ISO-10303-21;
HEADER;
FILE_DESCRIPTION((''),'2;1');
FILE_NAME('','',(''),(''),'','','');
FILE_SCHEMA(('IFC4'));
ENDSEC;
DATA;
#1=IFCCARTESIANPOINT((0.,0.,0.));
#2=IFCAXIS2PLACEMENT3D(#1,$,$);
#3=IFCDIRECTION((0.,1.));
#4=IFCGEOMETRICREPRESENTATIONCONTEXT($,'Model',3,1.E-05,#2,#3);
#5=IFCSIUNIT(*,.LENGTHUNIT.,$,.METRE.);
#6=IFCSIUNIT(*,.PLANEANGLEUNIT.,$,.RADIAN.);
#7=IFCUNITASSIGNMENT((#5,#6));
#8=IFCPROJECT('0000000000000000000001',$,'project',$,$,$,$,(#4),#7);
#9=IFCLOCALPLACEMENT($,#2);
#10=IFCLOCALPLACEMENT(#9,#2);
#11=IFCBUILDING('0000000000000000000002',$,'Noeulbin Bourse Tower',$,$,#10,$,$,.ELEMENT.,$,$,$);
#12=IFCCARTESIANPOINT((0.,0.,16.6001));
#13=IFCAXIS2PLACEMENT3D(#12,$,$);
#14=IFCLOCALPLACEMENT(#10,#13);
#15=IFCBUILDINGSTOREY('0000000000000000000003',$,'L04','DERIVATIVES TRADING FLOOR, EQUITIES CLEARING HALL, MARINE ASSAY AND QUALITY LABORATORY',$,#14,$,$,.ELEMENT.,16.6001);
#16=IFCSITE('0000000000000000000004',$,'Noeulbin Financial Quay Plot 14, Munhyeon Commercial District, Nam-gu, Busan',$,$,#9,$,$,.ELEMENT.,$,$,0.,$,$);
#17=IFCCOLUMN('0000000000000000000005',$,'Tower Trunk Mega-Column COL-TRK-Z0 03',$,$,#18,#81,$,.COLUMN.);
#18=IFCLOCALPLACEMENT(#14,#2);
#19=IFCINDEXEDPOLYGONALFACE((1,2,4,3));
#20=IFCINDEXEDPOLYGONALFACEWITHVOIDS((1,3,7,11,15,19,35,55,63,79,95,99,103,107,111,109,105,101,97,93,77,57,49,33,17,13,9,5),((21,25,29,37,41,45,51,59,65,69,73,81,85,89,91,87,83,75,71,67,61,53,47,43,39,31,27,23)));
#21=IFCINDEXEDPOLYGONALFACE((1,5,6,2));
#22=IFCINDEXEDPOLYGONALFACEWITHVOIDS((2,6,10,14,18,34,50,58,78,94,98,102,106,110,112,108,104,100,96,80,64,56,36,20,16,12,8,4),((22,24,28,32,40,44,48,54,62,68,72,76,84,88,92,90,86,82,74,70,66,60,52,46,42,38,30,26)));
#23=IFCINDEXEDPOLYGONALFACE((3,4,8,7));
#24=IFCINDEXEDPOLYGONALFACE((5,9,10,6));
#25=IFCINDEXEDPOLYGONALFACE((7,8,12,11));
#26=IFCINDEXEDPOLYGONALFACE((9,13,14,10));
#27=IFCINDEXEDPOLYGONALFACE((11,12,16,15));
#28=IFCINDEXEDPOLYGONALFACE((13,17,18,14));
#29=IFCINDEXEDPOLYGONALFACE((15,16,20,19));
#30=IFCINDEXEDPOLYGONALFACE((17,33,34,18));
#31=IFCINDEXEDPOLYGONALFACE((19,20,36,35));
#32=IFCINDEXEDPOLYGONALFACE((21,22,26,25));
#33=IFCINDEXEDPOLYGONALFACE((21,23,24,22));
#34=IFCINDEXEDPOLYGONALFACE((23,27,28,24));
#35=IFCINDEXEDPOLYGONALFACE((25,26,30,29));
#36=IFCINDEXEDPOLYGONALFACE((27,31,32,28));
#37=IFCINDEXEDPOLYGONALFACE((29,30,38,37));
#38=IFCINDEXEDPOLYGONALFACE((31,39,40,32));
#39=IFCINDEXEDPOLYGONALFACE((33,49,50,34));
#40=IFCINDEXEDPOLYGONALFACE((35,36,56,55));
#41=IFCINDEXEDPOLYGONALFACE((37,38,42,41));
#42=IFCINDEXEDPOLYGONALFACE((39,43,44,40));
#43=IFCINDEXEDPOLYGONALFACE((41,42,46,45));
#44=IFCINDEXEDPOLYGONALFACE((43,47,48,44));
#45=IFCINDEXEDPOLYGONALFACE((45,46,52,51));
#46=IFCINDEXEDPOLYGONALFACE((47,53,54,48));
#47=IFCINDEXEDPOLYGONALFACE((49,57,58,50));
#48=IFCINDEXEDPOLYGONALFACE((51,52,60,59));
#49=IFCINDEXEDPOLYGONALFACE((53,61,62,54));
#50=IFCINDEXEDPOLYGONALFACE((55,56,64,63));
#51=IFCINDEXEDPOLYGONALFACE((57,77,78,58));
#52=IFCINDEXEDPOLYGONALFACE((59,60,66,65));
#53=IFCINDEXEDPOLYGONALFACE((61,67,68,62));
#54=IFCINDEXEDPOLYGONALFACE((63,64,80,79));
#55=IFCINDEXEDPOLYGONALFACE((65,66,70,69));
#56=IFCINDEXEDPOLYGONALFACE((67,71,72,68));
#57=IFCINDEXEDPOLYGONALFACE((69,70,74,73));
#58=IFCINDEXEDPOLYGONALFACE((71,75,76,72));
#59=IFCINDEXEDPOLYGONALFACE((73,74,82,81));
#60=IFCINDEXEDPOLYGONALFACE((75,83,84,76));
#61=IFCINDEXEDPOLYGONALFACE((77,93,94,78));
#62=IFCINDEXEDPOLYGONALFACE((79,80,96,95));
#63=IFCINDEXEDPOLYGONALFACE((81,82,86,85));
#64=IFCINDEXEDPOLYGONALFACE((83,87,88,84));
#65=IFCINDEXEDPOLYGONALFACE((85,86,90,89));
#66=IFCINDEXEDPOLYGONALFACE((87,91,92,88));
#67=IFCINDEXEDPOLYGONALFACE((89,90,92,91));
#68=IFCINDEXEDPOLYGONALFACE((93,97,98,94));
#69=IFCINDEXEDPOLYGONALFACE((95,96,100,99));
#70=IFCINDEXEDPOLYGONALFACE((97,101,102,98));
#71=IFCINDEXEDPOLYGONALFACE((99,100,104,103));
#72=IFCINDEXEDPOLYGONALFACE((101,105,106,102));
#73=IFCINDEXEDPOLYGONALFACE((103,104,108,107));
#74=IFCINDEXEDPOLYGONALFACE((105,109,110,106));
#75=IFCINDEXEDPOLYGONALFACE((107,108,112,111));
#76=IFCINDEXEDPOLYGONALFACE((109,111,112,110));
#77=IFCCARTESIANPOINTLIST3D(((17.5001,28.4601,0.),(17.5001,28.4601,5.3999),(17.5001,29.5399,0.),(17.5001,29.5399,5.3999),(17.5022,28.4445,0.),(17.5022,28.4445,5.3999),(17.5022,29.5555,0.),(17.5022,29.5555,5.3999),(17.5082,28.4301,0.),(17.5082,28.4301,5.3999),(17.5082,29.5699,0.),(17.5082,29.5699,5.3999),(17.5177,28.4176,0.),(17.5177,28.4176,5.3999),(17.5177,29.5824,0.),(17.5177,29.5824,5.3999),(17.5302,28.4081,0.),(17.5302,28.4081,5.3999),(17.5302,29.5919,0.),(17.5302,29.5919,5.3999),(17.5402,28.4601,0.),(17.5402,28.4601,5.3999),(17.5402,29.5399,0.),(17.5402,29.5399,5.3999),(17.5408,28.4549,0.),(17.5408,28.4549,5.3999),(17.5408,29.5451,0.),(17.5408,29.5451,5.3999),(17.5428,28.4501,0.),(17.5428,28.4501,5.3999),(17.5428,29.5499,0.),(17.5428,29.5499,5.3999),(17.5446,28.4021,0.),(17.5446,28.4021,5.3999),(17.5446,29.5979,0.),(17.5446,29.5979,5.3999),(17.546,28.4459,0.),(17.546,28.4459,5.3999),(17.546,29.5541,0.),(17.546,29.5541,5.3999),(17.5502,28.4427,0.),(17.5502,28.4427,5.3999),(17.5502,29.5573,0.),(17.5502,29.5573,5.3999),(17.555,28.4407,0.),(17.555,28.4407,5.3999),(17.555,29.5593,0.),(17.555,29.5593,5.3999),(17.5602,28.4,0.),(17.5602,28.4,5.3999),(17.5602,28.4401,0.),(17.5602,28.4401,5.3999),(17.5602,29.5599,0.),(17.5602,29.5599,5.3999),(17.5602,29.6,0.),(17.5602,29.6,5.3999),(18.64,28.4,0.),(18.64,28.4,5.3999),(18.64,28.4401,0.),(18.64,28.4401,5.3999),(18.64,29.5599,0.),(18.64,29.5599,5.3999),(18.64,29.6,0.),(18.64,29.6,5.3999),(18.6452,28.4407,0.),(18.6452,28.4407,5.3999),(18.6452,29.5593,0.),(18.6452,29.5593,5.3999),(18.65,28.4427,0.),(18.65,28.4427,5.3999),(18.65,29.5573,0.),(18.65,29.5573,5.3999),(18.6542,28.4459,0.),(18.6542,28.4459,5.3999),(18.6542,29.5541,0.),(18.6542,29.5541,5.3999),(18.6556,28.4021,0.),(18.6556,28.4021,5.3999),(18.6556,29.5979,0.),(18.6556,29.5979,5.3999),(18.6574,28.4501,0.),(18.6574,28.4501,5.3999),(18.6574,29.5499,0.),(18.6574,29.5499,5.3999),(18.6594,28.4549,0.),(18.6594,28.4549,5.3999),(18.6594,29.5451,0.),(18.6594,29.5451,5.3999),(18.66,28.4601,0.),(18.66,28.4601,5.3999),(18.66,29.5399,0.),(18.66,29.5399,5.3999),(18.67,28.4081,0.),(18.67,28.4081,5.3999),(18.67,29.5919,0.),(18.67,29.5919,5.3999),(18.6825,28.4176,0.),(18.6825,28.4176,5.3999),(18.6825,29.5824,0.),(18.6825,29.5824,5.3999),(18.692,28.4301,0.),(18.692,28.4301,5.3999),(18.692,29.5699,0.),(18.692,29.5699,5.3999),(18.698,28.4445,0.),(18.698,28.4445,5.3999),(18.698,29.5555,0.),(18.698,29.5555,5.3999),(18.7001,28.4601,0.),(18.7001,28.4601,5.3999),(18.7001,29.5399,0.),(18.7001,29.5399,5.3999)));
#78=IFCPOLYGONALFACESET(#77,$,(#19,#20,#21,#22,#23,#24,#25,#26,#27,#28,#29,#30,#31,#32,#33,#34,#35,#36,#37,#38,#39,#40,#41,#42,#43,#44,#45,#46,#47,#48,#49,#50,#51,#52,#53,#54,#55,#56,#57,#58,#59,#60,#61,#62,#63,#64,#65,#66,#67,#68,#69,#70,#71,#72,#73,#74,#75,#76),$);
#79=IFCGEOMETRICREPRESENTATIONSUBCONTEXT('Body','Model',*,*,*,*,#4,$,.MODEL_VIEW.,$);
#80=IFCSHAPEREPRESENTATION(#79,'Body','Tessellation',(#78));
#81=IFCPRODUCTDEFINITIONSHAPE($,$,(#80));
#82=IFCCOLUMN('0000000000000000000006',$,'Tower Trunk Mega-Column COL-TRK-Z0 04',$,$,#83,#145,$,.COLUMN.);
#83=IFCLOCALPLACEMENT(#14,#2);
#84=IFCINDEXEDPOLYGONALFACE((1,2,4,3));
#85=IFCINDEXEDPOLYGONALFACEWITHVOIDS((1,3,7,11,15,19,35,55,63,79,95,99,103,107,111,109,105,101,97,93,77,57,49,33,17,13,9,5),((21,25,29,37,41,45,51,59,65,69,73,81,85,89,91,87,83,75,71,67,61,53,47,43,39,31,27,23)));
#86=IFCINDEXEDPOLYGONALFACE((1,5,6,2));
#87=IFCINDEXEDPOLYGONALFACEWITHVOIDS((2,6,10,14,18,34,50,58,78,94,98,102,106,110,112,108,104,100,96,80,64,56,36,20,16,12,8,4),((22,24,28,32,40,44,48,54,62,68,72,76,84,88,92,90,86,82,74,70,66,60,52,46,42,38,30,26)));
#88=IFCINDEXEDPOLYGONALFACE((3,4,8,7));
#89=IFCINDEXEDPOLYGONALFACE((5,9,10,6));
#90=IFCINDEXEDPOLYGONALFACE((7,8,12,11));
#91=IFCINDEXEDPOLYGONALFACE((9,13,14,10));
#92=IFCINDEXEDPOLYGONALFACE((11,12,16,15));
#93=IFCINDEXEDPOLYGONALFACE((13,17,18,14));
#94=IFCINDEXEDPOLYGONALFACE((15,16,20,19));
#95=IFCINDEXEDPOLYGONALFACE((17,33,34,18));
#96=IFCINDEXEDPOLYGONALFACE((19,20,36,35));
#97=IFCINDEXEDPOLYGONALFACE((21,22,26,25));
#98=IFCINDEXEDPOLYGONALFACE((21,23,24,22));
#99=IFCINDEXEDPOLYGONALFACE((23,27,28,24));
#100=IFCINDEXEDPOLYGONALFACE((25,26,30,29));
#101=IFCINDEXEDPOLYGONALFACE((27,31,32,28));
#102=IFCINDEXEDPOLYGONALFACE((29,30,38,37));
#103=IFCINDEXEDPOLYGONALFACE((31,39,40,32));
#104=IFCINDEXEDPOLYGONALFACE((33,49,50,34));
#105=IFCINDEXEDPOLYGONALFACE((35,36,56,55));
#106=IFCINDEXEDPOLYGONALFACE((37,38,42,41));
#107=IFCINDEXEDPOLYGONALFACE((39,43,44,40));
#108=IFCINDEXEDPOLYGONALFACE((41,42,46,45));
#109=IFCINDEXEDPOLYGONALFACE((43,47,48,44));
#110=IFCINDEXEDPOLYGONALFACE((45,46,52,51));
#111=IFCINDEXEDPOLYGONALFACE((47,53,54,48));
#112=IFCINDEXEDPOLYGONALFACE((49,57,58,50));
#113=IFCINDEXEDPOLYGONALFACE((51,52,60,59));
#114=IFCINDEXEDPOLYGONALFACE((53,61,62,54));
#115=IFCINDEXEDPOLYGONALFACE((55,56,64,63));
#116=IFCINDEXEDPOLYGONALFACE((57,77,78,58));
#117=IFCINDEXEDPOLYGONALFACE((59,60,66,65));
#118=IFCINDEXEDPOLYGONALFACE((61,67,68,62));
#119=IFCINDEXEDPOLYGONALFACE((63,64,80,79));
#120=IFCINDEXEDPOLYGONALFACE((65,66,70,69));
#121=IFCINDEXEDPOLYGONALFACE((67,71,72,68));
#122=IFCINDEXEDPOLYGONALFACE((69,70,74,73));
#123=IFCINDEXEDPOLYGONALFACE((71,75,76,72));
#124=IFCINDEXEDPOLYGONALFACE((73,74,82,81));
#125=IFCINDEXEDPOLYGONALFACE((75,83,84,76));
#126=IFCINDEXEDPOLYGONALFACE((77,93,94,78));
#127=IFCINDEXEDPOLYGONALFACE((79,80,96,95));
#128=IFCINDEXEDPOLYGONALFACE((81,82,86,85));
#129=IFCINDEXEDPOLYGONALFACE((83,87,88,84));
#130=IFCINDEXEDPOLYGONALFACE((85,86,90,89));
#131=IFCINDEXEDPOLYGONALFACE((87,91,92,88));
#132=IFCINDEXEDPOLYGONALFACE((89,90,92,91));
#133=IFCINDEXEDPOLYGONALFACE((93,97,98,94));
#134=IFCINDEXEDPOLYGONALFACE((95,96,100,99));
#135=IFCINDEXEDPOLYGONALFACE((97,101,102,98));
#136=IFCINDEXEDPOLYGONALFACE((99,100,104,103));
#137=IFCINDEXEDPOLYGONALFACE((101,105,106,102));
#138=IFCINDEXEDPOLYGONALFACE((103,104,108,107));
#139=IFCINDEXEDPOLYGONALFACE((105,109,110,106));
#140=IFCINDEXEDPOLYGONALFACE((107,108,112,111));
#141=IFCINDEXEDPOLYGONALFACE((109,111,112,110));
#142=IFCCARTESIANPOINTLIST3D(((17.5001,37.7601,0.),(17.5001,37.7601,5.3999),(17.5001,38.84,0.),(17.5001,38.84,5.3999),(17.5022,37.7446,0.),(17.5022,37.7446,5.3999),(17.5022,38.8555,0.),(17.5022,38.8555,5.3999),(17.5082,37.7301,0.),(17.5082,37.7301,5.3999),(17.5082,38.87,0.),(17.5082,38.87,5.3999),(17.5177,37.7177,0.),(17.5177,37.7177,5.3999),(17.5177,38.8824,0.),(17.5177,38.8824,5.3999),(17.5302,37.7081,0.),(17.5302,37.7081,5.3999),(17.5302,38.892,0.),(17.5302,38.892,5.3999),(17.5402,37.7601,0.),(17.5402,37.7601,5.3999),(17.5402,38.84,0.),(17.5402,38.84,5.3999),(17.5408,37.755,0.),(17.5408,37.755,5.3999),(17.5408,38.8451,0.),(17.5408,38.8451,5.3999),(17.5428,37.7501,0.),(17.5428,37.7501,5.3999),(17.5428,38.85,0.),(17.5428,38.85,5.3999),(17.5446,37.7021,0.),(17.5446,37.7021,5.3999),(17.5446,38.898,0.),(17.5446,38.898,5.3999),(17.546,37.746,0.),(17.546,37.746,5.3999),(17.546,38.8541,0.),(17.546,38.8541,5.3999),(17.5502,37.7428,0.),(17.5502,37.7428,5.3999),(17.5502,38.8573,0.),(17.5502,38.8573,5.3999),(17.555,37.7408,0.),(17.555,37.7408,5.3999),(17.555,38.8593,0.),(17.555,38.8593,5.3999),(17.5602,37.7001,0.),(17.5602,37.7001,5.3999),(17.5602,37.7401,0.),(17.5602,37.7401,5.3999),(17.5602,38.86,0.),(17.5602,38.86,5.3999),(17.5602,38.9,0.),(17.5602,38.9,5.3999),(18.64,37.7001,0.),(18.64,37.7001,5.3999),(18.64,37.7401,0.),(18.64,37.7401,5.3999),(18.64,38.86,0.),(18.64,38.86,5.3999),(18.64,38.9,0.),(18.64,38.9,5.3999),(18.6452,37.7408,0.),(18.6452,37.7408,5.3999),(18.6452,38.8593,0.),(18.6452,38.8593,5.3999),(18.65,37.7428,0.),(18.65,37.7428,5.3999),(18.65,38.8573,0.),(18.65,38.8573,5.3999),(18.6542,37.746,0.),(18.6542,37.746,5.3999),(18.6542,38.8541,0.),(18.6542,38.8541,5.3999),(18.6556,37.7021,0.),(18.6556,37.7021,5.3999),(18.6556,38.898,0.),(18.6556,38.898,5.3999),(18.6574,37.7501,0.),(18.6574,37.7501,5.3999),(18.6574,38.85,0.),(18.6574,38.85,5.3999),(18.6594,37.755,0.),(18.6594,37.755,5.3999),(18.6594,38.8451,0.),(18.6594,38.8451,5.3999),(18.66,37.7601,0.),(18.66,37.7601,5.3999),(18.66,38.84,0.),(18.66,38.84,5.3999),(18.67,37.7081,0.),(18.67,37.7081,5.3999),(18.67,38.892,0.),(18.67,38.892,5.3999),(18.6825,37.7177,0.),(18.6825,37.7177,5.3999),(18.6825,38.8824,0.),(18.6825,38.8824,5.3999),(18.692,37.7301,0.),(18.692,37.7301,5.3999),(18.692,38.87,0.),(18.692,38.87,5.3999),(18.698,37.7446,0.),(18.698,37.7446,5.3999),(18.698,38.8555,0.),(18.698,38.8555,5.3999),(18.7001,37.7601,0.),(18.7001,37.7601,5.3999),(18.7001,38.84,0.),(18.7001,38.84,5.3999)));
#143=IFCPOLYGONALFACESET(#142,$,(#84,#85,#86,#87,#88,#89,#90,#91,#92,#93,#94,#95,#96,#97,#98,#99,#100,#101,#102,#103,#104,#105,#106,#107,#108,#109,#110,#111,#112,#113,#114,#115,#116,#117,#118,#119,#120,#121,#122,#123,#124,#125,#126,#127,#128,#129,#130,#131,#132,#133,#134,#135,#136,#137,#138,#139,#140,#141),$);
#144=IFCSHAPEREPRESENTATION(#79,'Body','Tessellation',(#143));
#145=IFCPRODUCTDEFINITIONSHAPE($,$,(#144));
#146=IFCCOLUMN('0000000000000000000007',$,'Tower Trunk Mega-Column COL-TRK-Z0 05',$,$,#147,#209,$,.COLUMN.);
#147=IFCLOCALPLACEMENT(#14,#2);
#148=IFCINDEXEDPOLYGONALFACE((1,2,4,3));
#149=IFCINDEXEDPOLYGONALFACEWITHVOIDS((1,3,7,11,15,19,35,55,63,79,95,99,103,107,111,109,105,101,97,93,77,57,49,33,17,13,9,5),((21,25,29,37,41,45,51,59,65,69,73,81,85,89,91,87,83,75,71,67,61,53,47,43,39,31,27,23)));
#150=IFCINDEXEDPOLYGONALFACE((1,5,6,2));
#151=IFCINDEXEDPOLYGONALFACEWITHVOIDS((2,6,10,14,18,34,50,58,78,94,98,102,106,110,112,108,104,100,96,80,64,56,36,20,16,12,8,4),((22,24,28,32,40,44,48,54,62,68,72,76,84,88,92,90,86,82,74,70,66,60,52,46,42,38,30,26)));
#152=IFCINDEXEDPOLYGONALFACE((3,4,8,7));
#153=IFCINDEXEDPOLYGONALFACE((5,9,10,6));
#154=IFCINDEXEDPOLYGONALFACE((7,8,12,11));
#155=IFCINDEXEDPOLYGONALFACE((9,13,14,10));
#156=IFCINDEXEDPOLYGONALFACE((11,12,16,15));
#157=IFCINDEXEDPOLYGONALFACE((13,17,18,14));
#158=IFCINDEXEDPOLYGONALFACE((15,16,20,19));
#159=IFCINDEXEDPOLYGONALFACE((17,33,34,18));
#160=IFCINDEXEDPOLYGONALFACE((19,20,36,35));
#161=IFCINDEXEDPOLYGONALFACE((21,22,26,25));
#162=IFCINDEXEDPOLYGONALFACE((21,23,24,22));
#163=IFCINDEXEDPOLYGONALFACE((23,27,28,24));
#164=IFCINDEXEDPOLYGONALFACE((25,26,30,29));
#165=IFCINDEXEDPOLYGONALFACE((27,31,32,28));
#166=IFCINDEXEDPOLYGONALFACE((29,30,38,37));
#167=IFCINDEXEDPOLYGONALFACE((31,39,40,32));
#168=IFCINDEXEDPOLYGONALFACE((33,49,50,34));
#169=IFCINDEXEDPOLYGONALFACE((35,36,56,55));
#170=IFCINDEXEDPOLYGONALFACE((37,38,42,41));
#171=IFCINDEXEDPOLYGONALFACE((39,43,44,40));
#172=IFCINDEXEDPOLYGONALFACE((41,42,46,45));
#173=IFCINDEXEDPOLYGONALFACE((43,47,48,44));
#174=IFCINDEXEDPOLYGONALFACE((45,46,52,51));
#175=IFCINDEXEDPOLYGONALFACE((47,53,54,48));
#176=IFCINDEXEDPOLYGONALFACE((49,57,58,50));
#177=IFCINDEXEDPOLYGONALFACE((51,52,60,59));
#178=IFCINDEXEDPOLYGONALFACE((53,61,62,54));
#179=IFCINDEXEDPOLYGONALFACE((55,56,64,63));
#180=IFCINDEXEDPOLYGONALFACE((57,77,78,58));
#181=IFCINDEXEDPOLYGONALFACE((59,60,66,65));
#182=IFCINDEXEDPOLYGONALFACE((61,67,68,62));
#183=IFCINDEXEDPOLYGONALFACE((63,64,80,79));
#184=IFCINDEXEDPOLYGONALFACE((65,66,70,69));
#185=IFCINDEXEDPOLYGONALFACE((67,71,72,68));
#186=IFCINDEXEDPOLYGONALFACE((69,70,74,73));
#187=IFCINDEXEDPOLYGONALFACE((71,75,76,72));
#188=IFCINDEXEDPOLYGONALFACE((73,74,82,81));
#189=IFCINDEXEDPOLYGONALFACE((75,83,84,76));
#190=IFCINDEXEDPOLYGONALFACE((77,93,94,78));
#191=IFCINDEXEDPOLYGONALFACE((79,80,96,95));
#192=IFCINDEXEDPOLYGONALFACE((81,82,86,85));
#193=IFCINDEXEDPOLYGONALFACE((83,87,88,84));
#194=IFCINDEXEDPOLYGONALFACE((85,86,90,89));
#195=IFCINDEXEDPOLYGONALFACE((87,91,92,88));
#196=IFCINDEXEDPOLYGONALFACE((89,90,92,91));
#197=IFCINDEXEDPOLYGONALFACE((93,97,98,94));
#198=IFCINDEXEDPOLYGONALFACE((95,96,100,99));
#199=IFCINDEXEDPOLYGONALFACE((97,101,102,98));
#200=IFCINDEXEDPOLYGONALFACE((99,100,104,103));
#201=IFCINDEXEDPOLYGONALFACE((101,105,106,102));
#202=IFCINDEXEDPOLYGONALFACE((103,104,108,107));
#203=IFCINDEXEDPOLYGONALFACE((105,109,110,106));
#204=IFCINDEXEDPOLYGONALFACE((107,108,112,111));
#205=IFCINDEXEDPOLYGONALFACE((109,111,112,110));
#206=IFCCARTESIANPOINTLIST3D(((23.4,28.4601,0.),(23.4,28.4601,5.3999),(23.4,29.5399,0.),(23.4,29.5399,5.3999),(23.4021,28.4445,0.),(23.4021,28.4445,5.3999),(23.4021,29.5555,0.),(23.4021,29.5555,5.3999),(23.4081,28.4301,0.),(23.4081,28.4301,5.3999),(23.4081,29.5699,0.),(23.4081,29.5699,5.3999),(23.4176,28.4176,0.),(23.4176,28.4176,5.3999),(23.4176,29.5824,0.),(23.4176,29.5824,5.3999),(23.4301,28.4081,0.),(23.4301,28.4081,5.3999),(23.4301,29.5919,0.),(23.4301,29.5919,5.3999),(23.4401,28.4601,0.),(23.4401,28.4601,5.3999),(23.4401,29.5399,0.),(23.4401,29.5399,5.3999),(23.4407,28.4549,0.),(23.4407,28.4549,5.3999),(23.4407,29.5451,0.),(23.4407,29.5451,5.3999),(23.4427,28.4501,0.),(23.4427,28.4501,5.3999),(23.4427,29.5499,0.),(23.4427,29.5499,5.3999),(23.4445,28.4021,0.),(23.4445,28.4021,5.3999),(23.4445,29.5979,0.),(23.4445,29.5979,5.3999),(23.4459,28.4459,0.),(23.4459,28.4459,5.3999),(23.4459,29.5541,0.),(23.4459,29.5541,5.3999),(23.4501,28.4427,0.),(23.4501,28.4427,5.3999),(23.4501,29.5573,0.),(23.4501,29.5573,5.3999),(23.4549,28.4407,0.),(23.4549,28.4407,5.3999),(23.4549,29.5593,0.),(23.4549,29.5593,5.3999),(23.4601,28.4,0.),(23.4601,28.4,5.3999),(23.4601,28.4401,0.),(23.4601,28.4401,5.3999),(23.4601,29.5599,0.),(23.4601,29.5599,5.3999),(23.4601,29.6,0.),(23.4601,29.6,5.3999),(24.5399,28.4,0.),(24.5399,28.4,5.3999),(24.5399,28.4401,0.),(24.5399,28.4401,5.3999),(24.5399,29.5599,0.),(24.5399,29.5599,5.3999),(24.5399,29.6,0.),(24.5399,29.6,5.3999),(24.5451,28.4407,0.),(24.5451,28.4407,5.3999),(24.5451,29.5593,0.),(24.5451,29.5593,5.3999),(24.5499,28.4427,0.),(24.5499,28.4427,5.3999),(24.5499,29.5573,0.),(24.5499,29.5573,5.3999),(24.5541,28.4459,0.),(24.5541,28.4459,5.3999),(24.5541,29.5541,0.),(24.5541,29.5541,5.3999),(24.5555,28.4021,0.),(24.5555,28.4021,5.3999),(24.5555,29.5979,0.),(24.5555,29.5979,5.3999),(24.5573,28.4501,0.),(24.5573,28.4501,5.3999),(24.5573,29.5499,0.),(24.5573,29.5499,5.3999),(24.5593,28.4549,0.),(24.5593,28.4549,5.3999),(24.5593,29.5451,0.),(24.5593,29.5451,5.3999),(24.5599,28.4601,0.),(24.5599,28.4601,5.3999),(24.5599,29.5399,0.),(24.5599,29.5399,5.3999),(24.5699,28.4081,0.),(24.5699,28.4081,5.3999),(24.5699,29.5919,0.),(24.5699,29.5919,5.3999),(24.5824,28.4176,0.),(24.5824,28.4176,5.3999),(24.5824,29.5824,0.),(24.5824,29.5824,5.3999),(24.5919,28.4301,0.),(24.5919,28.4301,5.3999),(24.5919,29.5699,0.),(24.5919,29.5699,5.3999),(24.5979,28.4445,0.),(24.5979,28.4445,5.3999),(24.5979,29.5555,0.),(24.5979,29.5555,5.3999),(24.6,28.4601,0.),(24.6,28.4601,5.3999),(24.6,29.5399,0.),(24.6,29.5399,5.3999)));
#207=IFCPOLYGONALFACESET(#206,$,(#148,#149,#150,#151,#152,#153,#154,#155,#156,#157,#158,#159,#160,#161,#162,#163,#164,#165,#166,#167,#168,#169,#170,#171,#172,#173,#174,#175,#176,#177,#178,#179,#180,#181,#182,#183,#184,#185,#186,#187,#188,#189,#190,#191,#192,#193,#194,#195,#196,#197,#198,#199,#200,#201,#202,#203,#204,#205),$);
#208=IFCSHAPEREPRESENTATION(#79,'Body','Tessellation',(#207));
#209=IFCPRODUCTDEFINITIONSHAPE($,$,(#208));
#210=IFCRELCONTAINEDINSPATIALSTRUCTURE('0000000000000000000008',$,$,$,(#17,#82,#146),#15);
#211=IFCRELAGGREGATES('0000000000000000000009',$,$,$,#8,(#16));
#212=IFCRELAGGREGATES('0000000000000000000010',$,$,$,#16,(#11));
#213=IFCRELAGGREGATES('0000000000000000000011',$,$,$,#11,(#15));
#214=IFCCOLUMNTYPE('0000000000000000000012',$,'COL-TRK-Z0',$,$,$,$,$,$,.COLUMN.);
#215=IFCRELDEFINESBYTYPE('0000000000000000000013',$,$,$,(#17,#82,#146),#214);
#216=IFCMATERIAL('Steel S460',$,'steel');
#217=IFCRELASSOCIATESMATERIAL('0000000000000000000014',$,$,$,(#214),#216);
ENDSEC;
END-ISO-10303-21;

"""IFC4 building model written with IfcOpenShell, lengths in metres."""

from ifc_helpers import new_model, si_unit, direction, frame, origin, origin_2d, place, context, subcontext, project, spatial, hollow_rectangle, extrude, material, material_profile, profile_set, type_object, element, save


model = new_model("IFC4")

# Units and contexts
model_context = context("Model", 3, precision=1e-05, world=origin(), true_north=direction((0.0, 1.0)))
body_context = subcontext(model_context, "Body", "Model", "MODEL_VIEW")
ifc_project = project(units=[si_unit("LENGTHUNIT", "METRE"), si_unit("PLANEANGLEUNIT", "RADIAN")], contexts=[model_context])

# Site, building, storey
site_placement = place(None, origin())
site = spatial("IfcSite", under=ifc_project, at=site_placement, Name="Noeulbin Financial Quay Plot 14, Munhyeon Commercial District, Nam-gu, Busan", CompositionType="ELEMENT", RefElevation=0.0)
building_placement = place(site_placement, origin())
building = spatial("IfcBuilding", under=site, at=building_placement, Name="Noeulbin Bourse Tower", CompositionType="ELEMENT")
storey_placement = place(building_placement, frame((0.0, 0.0, 16.6001)))
storey = spatial("IfcBuildingStorey", under=building, at=storey_placement, Name="L04", Description="DERIVATIVES TRADING FLOOR, EQUITIES CLEARING HALL, MARINE ASSAY AND QUALITY LABORATORY", CompositionType="ELEMENT", Elevation=16.6001)

# Columns
ifc_material_1 = material(Name="Steel S460", Category="steel")
ifc_material_profile_1 = material_profile(ifc_material_1, hollow_rectangle(XDim=1.2, YDim=1.2, WallThickness=0.04, InnerFilletRadius=0.02, OuterFilletRadius=0.0601, at=origin_2d()), Name="BOX-1200x1200x40", Category="LoadBearing")
ifc_profile_set_1 = profile_set([ifc_material_profile_1], Name="Steel S460")
column_type = type_object("IfcColumnType", Name="COL-TRK-Z0", PredefinedType="COLUMN", material=ifc_profile_set_1)
for number, where, z_axis, x_axis, name in (
    (1, (18.1001, 29.0, 0.0), (0.0, 0.0, 1.0), (1.0, 0.0, 0.0), "Tower Trunk Mega-Column COL-TRK-Z0 03"),
    (2, (18.1001, 38.3, 0.0), (0.0, 0.0, 1.0), (1.0, 0.0, 0.0), "Tower Trunk Mega-Column COL-TRK-Z0 04"),
    (3, (24.0, 29.0, 0.0), (0.0, 0.0, 1.0), (1.0, 0.0, 0.0), "Tower Trunk Mega-Column COL-TRK-Z0 05"),
):
    element("IfcColumn", number, at=place(storey_placement, frame(where, z_axis=z_axis, x_axis=x_axis)), inside=storey, type_object=column_type, Name=name, PredefinedType="COLUMN", context=body_context, shape_type="SweptSolid", body=[
        extrude(hollow_rectangle(XDim=1.2, YDim=1.2, WallThickness=0.04, InnerFilletRadius=0.02, OuterFilletRadius=0.0601, at=origin_2d()), origin(), (0.0, 0.0, 1.0), 5.3999),
    ])

save(model, "model.ifc")
